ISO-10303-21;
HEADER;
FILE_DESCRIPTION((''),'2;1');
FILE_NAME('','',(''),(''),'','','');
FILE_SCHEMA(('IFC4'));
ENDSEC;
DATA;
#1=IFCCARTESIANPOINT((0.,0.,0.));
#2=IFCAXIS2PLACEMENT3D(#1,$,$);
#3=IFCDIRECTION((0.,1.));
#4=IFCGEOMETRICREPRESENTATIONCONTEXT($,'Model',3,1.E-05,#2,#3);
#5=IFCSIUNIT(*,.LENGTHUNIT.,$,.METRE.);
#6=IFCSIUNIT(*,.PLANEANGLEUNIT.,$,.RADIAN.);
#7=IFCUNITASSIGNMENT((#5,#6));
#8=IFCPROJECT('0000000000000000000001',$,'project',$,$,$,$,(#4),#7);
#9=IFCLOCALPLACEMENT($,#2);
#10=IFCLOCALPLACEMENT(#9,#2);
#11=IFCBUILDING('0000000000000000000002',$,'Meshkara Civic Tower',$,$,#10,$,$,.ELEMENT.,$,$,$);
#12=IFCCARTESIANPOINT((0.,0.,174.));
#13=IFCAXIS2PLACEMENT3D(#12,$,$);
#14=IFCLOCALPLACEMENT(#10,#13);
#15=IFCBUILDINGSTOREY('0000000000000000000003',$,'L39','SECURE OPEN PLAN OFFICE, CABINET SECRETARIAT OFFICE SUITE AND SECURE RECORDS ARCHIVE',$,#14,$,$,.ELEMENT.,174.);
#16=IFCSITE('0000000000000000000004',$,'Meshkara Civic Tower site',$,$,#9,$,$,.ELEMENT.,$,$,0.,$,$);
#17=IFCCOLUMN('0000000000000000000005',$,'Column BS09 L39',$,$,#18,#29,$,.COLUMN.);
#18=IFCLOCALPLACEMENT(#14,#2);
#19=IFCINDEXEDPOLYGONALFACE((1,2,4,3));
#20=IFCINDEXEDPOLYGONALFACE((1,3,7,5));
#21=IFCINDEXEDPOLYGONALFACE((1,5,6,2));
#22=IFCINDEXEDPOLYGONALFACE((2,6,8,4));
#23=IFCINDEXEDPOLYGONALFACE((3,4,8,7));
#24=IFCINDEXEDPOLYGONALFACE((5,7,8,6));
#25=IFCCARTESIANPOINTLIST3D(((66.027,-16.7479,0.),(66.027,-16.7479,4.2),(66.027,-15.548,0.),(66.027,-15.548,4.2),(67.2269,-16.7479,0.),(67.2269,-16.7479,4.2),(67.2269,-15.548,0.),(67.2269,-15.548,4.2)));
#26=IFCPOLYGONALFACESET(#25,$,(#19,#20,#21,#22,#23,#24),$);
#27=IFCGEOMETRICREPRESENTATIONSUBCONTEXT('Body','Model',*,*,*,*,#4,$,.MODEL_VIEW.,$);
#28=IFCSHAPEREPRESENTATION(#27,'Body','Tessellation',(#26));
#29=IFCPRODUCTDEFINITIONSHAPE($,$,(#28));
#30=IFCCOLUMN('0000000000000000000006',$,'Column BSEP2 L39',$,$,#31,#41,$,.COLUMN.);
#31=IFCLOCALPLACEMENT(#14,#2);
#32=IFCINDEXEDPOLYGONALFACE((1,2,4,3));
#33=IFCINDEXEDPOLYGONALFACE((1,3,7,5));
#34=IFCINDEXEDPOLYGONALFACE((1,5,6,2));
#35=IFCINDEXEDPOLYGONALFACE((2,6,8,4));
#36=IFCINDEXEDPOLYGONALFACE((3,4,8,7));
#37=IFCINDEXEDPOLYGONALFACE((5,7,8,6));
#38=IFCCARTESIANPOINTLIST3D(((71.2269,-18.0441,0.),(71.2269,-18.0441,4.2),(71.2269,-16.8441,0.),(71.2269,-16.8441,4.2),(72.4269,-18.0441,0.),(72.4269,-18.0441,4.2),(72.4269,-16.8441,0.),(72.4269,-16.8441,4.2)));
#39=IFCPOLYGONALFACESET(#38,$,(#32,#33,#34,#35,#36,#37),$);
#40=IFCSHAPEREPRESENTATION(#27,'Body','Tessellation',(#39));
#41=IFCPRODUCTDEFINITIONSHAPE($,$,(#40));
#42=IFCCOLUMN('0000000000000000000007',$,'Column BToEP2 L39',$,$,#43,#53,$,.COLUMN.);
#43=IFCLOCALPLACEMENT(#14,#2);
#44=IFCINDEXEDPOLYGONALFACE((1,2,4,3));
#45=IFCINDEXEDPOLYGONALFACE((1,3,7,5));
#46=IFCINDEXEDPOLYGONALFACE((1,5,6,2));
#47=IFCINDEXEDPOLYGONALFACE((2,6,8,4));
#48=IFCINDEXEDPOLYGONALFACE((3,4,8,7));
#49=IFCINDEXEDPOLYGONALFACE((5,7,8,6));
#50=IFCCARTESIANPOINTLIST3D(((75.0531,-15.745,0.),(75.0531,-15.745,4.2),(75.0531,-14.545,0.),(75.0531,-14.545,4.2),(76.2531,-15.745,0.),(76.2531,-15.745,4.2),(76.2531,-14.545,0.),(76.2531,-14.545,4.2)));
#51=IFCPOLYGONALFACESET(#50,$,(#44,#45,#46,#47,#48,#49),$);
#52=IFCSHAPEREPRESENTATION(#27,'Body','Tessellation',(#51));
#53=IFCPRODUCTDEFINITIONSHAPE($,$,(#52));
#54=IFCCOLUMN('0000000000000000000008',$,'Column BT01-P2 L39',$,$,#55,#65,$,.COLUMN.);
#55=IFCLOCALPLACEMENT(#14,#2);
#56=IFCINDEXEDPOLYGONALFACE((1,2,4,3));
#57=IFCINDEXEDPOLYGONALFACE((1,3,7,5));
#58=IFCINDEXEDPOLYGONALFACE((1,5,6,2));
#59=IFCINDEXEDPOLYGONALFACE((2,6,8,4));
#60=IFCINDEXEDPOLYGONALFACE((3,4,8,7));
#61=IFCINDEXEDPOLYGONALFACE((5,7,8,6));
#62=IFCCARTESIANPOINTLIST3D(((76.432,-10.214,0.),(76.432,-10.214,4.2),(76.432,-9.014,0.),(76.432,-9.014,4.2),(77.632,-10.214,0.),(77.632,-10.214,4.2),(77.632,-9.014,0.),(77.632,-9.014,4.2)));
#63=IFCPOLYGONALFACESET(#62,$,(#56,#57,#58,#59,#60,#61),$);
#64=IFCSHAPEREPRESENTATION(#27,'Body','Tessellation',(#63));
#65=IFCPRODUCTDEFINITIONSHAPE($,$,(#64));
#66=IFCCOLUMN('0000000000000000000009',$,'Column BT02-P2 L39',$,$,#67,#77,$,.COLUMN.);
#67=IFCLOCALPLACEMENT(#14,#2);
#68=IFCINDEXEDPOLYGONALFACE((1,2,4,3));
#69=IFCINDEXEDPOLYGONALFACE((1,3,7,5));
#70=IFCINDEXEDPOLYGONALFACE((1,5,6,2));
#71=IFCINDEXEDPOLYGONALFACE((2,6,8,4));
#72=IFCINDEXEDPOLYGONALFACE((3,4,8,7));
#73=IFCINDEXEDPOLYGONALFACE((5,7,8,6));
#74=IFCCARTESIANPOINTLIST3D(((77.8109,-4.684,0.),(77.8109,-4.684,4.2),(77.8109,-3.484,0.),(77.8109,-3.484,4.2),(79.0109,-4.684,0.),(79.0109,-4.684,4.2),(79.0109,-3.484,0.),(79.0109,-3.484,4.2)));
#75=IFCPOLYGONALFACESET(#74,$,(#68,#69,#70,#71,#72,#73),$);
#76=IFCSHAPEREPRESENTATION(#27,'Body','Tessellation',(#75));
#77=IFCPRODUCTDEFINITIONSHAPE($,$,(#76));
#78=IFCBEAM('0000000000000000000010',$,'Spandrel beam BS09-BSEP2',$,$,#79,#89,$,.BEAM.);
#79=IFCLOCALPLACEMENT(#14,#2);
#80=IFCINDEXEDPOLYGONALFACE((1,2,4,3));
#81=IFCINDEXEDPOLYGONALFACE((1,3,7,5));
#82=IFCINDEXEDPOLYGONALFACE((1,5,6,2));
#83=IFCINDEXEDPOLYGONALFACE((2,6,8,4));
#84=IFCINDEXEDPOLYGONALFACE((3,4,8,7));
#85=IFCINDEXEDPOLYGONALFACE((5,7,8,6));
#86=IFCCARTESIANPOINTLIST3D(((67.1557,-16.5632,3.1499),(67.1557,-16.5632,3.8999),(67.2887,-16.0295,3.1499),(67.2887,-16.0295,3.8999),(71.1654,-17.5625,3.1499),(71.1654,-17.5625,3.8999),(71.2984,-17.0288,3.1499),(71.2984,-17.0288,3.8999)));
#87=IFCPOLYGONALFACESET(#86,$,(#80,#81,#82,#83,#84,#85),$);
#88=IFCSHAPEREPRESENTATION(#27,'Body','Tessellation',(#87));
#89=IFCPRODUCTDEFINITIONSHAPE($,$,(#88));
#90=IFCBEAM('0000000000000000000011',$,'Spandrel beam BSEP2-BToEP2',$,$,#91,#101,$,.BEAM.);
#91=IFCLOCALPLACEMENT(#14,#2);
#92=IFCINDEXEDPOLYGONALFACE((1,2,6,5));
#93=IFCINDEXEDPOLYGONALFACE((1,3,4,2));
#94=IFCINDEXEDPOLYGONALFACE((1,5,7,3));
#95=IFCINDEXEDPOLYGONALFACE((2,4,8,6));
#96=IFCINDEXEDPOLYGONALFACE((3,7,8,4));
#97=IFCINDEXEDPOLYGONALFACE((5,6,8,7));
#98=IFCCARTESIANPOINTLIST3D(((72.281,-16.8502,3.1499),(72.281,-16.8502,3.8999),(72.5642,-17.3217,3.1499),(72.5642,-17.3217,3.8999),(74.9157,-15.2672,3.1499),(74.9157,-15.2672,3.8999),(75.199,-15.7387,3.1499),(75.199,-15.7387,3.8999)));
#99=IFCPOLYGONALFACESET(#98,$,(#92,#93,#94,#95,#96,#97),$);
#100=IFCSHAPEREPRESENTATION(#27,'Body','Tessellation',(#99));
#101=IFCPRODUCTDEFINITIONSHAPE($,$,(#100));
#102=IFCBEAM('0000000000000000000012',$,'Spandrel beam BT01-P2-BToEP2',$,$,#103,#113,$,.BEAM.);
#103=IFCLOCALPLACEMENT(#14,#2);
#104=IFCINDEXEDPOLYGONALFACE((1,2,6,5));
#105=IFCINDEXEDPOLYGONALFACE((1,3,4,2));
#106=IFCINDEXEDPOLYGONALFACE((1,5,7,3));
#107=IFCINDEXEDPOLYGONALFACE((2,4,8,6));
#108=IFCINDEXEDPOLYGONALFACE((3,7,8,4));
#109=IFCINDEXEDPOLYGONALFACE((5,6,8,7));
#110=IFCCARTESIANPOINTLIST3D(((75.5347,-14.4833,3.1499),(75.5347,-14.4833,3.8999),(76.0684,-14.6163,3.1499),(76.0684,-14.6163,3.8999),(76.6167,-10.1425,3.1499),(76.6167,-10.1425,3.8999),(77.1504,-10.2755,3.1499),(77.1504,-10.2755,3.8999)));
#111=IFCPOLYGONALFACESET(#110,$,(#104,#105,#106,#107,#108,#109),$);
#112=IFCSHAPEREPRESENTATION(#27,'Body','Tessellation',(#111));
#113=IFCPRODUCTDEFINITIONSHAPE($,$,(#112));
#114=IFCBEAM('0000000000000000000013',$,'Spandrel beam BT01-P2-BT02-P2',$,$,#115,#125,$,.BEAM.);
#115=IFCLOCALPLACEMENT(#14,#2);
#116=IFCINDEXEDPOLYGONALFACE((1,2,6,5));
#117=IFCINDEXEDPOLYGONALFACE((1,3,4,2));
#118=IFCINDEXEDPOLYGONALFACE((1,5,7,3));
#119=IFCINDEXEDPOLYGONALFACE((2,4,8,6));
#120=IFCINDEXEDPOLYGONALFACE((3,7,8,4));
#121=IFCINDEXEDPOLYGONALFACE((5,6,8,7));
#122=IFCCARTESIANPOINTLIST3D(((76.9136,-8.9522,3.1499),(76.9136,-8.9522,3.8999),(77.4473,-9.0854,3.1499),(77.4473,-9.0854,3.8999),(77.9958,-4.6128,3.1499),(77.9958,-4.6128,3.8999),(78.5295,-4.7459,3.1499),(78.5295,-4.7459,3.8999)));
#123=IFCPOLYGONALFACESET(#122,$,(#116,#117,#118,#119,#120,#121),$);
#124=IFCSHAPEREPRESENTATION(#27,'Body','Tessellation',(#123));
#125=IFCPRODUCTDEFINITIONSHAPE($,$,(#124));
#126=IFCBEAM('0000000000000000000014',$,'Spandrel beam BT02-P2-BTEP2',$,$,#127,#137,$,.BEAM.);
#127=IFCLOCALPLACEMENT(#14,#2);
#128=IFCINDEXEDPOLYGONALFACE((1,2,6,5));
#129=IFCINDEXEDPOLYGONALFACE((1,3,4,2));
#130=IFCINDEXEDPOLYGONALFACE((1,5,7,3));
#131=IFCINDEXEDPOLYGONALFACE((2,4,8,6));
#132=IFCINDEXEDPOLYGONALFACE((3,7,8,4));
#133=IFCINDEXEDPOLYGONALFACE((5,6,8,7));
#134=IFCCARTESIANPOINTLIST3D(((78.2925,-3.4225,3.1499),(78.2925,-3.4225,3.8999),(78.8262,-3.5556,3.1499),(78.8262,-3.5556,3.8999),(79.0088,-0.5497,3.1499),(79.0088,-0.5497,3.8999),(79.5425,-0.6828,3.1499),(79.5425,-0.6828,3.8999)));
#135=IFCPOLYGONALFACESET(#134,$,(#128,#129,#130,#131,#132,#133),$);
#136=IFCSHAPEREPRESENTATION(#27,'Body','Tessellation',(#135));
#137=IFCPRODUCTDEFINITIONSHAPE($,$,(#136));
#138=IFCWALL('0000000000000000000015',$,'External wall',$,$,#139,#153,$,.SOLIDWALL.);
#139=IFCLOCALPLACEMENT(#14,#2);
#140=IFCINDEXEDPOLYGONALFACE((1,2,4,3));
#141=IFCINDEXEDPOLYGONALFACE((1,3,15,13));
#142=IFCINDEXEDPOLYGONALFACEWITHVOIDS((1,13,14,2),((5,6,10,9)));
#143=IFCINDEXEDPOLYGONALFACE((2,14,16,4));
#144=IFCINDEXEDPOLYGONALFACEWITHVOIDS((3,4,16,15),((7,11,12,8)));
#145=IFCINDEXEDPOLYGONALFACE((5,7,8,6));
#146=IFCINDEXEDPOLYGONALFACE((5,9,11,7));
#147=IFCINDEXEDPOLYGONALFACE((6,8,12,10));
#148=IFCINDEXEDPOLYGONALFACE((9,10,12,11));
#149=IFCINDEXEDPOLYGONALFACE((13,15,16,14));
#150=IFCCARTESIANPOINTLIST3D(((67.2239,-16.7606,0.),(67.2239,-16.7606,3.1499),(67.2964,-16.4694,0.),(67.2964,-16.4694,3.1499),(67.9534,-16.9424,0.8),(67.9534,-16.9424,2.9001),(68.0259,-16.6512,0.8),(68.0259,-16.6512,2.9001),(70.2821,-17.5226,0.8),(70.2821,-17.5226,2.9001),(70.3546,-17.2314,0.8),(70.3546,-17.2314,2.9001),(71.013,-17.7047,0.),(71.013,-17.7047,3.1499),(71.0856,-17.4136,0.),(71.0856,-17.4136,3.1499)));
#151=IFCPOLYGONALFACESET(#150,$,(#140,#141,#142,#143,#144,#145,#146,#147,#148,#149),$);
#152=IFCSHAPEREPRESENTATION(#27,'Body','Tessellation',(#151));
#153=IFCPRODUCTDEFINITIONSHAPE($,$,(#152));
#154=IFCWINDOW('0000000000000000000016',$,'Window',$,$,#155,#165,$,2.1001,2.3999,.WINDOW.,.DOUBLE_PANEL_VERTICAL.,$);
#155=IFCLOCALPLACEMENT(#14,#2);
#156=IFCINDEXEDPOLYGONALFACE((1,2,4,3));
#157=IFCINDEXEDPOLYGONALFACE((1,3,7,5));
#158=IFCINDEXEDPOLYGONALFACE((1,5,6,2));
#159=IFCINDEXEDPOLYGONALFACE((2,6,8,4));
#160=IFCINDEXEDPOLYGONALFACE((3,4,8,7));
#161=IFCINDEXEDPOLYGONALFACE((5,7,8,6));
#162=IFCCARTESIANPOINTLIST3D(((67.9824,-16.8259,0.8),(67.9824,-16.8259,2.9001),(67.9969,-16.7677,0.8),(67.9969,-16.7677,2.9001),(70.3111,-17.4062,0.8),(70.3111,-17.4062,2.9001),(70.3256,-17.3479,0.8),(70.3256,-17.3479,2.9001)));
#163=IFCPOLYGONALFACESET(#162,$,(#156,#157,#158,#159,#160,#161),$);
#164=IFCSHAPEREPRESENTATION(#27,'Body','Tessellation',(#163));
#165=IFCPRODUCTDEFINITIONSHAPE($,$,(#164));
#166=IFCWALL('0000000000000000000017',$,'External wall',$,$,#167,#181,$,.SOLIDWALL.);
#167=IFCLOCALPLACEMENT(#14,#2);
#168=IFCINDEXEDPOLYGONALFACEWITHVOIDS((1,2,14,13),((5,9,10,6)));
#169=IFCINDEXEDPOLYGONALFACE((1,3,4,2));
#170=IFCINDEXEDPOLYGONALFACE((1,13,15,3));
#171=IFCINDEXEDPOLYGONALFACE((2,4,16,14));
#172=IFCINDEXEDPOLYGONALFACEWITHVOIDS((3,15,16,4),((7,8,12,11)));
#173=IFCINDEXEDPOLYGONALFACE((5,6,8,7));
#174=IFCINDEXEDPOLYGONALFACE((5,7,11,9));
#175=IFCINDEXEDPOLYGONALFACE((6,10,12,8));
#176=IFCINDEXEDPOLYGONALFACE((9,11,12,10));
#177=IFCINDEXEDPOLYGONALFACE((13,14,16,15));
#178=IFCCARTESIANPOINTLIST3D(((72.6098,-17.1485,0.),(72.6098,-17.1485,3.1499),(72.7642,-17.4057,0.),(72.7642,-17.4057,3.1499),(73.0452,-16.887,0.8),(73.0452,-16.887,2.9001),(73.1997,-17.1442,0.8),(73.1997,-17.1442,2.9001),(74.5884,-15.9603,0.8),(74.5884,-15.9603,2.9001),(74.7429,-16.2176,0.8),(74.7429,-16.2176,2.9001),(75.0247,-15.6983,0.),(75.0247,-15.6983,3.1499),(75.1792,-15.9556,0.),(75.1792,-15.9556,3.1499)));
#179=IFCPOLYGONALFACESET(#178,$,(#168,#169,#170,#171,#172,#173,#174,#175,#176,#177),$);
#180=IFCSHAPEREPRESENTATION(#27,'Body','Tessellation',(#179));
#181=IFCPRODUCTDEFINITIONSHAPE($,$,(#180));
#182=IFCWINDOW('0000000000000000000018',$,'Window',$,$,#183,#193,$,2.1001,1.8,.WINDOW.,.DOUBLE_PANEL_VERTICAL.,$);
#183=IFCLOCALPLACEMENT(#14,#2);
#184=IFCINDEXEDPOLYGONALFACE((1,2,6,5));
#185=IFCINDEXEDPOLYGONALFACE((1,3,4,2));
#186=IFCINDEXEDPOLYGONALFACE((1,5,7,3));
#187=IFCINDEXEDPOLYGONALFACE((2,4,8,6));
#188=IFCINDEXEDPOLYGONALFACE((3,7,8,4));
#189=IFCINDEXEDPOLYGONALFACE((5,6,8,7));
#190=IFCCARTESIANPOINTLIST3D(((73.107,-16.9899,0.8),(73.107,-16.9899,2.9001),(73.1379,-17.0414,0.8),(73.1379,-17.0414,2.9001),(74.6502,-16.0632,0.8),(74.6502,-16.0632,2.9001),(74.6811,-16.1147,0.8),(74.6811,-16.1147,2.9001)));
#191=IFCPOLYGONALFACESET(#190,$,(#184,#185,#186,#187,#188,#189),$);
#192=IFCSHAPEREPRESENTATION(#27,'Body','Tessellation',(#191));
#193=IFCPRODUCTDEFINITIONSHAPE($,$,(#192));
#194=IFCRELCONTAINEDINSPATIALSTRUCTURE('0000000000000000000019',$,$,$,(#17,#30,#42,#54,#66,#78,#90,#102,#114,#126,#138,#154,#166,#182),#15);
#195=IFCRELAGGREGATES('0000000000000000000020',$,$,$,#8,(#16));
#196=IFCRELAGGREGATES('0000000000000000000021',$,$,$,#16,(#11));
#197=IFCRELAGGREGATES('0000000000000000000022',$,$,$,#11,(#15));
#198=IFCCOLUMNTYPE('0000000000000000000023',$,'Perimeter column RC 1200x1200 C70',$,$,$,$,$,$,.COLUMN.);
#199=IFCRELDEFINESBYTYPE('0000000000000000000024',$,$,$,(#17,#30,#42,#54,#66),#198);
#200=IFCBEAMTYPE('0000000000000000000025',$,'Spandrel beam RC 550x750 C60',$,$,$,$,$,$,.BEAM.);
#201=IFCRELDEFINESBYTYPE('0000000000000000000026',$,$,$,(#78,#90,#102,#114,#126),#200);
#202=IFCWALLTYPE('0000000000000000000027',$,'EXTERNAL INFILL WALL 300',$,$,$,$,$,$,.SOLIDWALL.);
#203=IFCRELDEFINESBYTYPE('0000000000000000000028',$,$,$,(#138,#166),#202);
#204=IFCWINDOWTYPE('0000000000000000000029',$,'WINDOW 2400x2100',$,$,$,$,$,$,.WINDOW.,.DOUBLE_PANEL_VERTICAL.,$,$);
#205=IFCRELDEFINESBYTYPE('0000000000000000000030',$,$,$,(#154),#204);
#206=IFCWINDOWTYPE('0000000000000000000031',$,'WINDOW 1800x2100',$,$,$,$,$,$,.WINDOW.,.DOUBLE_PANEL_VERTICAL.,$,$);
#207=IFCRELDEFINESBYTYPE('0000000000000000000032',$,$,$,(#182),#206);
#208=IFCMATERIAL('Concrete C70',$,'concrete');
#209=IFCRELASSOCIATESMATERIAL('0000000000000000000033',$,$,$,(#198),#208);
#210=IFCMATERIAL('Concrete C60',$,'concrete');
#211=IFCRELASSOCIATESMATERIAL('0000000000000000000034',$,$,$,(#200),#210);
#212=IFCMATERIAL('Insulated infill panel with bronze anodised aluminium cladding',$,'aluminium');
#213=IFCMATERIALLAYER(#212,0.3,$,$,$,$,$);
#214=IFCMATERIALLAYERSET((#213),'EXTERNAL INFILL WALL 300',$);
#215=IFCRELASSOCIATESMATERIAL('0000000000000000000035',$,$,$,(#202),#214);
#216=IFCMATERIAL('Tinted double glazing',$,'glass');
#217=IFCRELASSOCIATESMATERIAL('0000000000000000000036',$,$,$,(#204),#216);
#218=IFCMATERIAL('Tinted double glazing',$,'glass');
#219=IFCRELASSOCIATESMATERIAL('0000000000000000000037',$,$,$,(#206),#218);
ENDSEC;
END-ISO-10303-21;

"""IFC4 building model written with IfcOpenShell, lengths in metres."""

from ifc_helpers import new_model, si_unit, direction, frame, frame_2d, origin, origin_2d, place, context, subcontext, project, spatial, rectangle, extrude, material, layer, layer_set, material_profile, profile_set, type_object, element, fill, save


model = new_model("IFC4")

# Units and contexts
model_context = context("Model", 3, precision=1e-05, world=origin(), true_north=direction((0.0, 1.0)))
body_context = subcontext(model_context, "Body", "Model", "MODEL_VIEW")
ifc_project = project(units=[si_unit("LENGTHUNIT", "METRE"), si_unit("PLANEANGLEUNIT", "RADIAN")], contexts=[model_context])

# Site, building, storey
site_placement = place(None, origin())
site = spatial("IfcSite", under=ifc_project, at=site_placement, Name="Meshkara Civic Tower site", CompositionType="ELEMENT", RefElevation=0.0)
building_placement = place(site_placement, origin())
building = spatial("IfcBuilding", under=site, at=building_placement, Name="Meshkara Civic Tower", CompositionType="ELEMENT")
storey_placement = place(building_placement, frame((0.0, 0.0, 174.0)))
storey = spatial("IfcBuildingStorey", under=building, at=storey_placement, Name="L39", Description="SECURE OPEN PLAN OFFICE, CABINET SECRETARIAT OFFICE SUITE AND SECURE RECORDS ARCHIVE", CompositionType="ELEMENT", Elevation=174.0)

# Columns
ifc_material_1 = material(Name="Concrete C70", Category="concrete")
ifc_material_profile_1 = material_profile(ifc_material_1, rectangle(XDim=1.2, YDim=1.2, at=origin_2d()))
ifc_profile_set_1 = profile_set([ifc_material_profile_1], Name="Concrete C70")
column_type = type_object("IfcColumnType", Name="Perimeter column RC 1200x1200 C70", PredefinedType="COLUMN", material=ifc_profile_set_1)
for number, where, z_axis, x_axis, name in (
    (1, (66.627, -16.1479, 0.0), (0.0, 0.0, 1.0), (1.0, 0.0, 0.0), "Column BS09 L39"),
    (2, (71.8269, -17.4441, 0.0), (0.0, 0.0, 1.0), (1.0, 0.0, 0.0), "Column BSEP2 L39"),
    (3, (75.6531, -15.145, 0.0), (0.0, 0.0, 1.0), (1.0, 0.0, 0.0), "Column BToEP2 L39"),
    (4, (77.032, -9.614, 0.0), (0.0, 0.0, 1.0), (1.0, 0.0, 0.0), "Column BT01-P2 L39"),
    (5, (78.4109, -4.084, 0.0), (0.0, 0.0, 1.0), (1.0, 0.0, 0.0), "Column BT02-P2 L39"),
):
    element("IfcColumn", number, at=place(storey_placement, frame(where, z_axis=z_axis, x_axis=x_axis)), inside=storey, type_object=column_type, Name=name, PredefinedType="COLUMN", context=body_context, shape_type="SweptSolid", body=[
        extrude(rectangle(XDim=1.2, YDim=1.2, at=origin_2d()), origin(), (0.0, 0.0, 1.0), 4.2),
    ])

# Beams
ifc_material_2 = material(Name="Concrete C60", Category="concrete")
ifc_material_profile_2 = material_profile(ifc_material_2, rectangle(XDim=0.55, YDim=0.75, at=origin_2d()))
ifc_profile_set_2 = profile_set([ifc_material_profile_2], Name="Concrete C60")
beam_type = type_object("IfcBeamType", Name="Spandrel beam RC 550x750 C60", PredefinedType="BEAM", material=ifc_profile_set_2)
beam_1_placement = place(storey_placement, frame((67.2222, -16.2964, 3.5249), z_axis=(0.970323, -0.241813, 0.0), x_axis=(0.241813, 0.970323, 0.0)))
element("IfcBeam", 6, at=beam_1_placement, inside=storey, type_object=beam_type, Name="Spandrel beam BS09-BSEP2", PredefinedType="BEAM", context=body_context, shape_type="SweptSolid", body=[
    extrude(rectangle(XDim=0.55, YDim=0.75, at=origin_2d()), origin(), (0.0, 0.0, 1.0), 4.1323),
])
beam_2_placement = place(storey_placement, frame((72.4226, -17.0859, 3.5249), z_axis=(0.857184, 0.51501, 0.0), x_axis=(-0.51501, 0.857184, 0.0)))
element("IfcBeam", 7, at=beam_2_placement, inside=storey, type_object=beam_type, Name="Spandrel beam BSEP2-BToEP2", PredefinedType="BEAM", context=body_context, shape_type="SweptSolid", body=[
    extrude(rectangle(XDim=0.55, YDim=0.75, at=origin_2d()), origin(), (0.0, 0.0, 1.0), 3.0737),
])
beam_3_placement = place(storey_placement, frame((75.8015, -14.5498, 3.5249), z_axis=(0.241868, 0.970309, 0.0), x_axis=(-0.970309, 0.241868, 0.0)))
element("IfcBeam", 8, at=beam_3_placement, inside=storey, type_object=beam_type, Name="Spandrel beam BT01-P2-BToEP2", PredefinedType="BEAM", context=body_context, shape_type="SweptSolid", body=[
    extrude(rectangle(XDim=0.55, YDim=0.75, at=origin_2d()), origin(), (0.0, 0.0, 1.0), 4.4736),
])
beam_4_placement = place(storey_placement, frame((77.1804, -9.0188, 3.5249), z_axis=(0.241983, 0.97028, 0.0), x_axis=(-0.97028, 0.241983, 0.0)))
element("IfcBeam", 9, at=beam_4_placement, inside=storey, type_object=beam_type, Name="Spandrel beam BT01-P2-BT02-P2", PredefinedType="BEAM", context=body_context, shape_type="SweptSolid", body=[
    extrude(rectangle(XDim=0.55, YDim=0.75, at=origin_2d()), origin(), (0.0, 0.0, 1.0), 4.4724),
])
beam_5_placement = place(storey_placement, frame((78.5593, -3.489, 3.5249), z_axis=(0.241934, 0.970293, 0.0), x_axis=(-0.970293, 0.241934, 0.0)))
element("IfcBeam", 10, at=beam_5_placement, inside=storey, type_object=beam_type, Name="Spandrel beam BT02-P2-BTEP2", PredefinedType="BEAM", context=body_context, shape_type="SweptSolid", body=[
    extrude(rectangle(XDim=0.55, YDim=0.75, at=origin_2d()), origin(), (0.0, 0.0, 1.0), 2.9607),
])

# Walls, openings, windows
ifc_material_3 = material(Name="Insulated infill panel with bronze anodised aluminium cladding", Category="aluminium")
ifc_layer_1 = layer(ifc_material_3, 0.3)
ifc_layer_set_1 = layer_set([ifc_layer_1], Name="EXTERNAL INFILL WALL 300")
wall_type_1 = type_object("IfcWallType", Name="EXTERNAL INFILL WALL 300", PredefinedType="SOLIDWALL", material=ifc_layer_set_1)
wall_1_placement = place(storey_placement, frame((67.26, -16.615, 0.0), z_axis=(0.0, 0.0, 1.0), x_axis=(0.970333, -0.241771, 0.0)))
wall_1 = element("IfcWall", 11, at=wall_1_placement, inside=storey, type_object=wall_type_1, Name="External wall", PredefinedType="SOLIDWALL", context=body_context, shape_type="SweptSolid", body=[
    extrude(rectangle(XDim=3.905, YDim=0.3, at=frame_2d((1.9526, 0.0))), origin(), (0.0, 0.0, 1.0), 3.1499),
])
opening_1_placement = place(wall_1_placement, frame((0.752, 0.0, 0.8)))
opening_1 = element("IfcOpeningElement", 12, at=opening_1_placement, cuts=wall_1, PredefinedType="OPENING", context=body_context, shape_type="SweptSolid", body=[
    extrude(rectangle(XDim=2.3999, YDim=2.1001, at=frame_2d((1.2, 1.05))), frame((0.0, 0.1599, 0.0), z_axis=(0.0, -1.0, 0.0), x_axis=(1.0, 0.0, 0.0)), (0.0, 0.0, 1.0), 0.3201),
])
ifc_material_4 = material(Name="Tinted double glazing", Category="glass")
window_type_1 = type_object("IfcWindowType", Name="WINDOW 2400x2100", PartitioningType="DOUBLE_PANEL_VERTICAL", PredefinedType="WINDOW", material=ifc_material_4)
window_1_placement = place(opening_1_placement, origin())
window_1 = element("IfcWindow", 13, at=window_1_placement, inside=storey, type_object=window_type_1, Name="Window", OverallHeight=2.1001, OverallWidth=2.3999, PartitioningType="DOUBLE_PANEL_VERTICAL", PredefinedType="WINDOW", context=body_context, shape_type="SweptSolid", body=[
    extrude(rectangle(XDim=2.3999, YDim=2.1001, at=frame_2d((1.2, 1.05))), frame((0.0, 0.03, 0.0), z_axis=(0.0, -1.0, 0.0), x_axis=(1.0, 0.0, 0.0)), (0.0, 0.0, 1.0), 0.0601),
])
fill(opening_1, window_1)
wall_2_placement = place(storey_placement, frame((72.687, -17.2771, 0.0), z_axis=(0.0, 0.0, 1.0), x_axis=(0.857309, 0.514802, 0.0)))
wall_2 = element("IfcWall", 14, at=wall_2_placement, inside=storey, type_object=wall_type_1, Name="External wall", PredefinedType="SOLIDWALL", context=body_context, shape_type="SweptSolid", body=[
    extrude(rectangle(XDim=2.8169, YDim=0.3, at=frame_2d((1.4084, 0.0))), origin(), (0.0, 0.0, 1.0), 3.1499),
])
opening_2_placement = place(wall_2_placement, frame((0.5081, 0.0, 0.8)))
opening_2 = element("IfcOpeningElement", 15, at=opening_2_placement, cuts=wall_2, PredefinedType="OPENING", context=body_context, shape_type="SweptSolid", body=[
    extrude(rectangle(XDim=1.8, YDim=2.1001, at=frame_2d((0.8999, 1.05))), frame((0.0, 0.1599, 0.0), z_axis=(0.0, -1.0, 0.0), x_axis=(1.0, 0.0, 0.0)), (0.0, 0.0, 1.0), 0.3201),
])
ifc_material_5 = material(Name="Tinted double glazing", Category="glass")
window_type_2 = type_object("IfcWindowType", Name="WINDOW 1800x2100", PartitioningType="DOUBLE_PANEL_VERTICAL", PredefinedType="WINDOW", material=ifc_material_5)
window_2_placement = place(opening_2_placement, origin())
window_2 = element("IfcWindow", 16, at=window_2_placement, inside=storey, type_object=window_type_2, Name="Window", OverallHeight=2.1001, OverallWidth=1.8, PartitioningType="DOUBLE_PANEL_VERTICAL", PredefinedType="WINDOW", context=body_context, shape_type="SweptSolid", body=[
    extrude(rectangle(XDim=1.8, YDim=2.1001, at=frame_2d((0.8999, 1.05))), frame((0.0, 0.03, 0.0), z_axis=(0.0, -1.0, 0.0), x_axis=(1.0, 0.0, 0.0)), (0.0, 0.0, 1.0), 0.0601),
])
fill(opening_2, window_2)

save(model, "model.ifc")
